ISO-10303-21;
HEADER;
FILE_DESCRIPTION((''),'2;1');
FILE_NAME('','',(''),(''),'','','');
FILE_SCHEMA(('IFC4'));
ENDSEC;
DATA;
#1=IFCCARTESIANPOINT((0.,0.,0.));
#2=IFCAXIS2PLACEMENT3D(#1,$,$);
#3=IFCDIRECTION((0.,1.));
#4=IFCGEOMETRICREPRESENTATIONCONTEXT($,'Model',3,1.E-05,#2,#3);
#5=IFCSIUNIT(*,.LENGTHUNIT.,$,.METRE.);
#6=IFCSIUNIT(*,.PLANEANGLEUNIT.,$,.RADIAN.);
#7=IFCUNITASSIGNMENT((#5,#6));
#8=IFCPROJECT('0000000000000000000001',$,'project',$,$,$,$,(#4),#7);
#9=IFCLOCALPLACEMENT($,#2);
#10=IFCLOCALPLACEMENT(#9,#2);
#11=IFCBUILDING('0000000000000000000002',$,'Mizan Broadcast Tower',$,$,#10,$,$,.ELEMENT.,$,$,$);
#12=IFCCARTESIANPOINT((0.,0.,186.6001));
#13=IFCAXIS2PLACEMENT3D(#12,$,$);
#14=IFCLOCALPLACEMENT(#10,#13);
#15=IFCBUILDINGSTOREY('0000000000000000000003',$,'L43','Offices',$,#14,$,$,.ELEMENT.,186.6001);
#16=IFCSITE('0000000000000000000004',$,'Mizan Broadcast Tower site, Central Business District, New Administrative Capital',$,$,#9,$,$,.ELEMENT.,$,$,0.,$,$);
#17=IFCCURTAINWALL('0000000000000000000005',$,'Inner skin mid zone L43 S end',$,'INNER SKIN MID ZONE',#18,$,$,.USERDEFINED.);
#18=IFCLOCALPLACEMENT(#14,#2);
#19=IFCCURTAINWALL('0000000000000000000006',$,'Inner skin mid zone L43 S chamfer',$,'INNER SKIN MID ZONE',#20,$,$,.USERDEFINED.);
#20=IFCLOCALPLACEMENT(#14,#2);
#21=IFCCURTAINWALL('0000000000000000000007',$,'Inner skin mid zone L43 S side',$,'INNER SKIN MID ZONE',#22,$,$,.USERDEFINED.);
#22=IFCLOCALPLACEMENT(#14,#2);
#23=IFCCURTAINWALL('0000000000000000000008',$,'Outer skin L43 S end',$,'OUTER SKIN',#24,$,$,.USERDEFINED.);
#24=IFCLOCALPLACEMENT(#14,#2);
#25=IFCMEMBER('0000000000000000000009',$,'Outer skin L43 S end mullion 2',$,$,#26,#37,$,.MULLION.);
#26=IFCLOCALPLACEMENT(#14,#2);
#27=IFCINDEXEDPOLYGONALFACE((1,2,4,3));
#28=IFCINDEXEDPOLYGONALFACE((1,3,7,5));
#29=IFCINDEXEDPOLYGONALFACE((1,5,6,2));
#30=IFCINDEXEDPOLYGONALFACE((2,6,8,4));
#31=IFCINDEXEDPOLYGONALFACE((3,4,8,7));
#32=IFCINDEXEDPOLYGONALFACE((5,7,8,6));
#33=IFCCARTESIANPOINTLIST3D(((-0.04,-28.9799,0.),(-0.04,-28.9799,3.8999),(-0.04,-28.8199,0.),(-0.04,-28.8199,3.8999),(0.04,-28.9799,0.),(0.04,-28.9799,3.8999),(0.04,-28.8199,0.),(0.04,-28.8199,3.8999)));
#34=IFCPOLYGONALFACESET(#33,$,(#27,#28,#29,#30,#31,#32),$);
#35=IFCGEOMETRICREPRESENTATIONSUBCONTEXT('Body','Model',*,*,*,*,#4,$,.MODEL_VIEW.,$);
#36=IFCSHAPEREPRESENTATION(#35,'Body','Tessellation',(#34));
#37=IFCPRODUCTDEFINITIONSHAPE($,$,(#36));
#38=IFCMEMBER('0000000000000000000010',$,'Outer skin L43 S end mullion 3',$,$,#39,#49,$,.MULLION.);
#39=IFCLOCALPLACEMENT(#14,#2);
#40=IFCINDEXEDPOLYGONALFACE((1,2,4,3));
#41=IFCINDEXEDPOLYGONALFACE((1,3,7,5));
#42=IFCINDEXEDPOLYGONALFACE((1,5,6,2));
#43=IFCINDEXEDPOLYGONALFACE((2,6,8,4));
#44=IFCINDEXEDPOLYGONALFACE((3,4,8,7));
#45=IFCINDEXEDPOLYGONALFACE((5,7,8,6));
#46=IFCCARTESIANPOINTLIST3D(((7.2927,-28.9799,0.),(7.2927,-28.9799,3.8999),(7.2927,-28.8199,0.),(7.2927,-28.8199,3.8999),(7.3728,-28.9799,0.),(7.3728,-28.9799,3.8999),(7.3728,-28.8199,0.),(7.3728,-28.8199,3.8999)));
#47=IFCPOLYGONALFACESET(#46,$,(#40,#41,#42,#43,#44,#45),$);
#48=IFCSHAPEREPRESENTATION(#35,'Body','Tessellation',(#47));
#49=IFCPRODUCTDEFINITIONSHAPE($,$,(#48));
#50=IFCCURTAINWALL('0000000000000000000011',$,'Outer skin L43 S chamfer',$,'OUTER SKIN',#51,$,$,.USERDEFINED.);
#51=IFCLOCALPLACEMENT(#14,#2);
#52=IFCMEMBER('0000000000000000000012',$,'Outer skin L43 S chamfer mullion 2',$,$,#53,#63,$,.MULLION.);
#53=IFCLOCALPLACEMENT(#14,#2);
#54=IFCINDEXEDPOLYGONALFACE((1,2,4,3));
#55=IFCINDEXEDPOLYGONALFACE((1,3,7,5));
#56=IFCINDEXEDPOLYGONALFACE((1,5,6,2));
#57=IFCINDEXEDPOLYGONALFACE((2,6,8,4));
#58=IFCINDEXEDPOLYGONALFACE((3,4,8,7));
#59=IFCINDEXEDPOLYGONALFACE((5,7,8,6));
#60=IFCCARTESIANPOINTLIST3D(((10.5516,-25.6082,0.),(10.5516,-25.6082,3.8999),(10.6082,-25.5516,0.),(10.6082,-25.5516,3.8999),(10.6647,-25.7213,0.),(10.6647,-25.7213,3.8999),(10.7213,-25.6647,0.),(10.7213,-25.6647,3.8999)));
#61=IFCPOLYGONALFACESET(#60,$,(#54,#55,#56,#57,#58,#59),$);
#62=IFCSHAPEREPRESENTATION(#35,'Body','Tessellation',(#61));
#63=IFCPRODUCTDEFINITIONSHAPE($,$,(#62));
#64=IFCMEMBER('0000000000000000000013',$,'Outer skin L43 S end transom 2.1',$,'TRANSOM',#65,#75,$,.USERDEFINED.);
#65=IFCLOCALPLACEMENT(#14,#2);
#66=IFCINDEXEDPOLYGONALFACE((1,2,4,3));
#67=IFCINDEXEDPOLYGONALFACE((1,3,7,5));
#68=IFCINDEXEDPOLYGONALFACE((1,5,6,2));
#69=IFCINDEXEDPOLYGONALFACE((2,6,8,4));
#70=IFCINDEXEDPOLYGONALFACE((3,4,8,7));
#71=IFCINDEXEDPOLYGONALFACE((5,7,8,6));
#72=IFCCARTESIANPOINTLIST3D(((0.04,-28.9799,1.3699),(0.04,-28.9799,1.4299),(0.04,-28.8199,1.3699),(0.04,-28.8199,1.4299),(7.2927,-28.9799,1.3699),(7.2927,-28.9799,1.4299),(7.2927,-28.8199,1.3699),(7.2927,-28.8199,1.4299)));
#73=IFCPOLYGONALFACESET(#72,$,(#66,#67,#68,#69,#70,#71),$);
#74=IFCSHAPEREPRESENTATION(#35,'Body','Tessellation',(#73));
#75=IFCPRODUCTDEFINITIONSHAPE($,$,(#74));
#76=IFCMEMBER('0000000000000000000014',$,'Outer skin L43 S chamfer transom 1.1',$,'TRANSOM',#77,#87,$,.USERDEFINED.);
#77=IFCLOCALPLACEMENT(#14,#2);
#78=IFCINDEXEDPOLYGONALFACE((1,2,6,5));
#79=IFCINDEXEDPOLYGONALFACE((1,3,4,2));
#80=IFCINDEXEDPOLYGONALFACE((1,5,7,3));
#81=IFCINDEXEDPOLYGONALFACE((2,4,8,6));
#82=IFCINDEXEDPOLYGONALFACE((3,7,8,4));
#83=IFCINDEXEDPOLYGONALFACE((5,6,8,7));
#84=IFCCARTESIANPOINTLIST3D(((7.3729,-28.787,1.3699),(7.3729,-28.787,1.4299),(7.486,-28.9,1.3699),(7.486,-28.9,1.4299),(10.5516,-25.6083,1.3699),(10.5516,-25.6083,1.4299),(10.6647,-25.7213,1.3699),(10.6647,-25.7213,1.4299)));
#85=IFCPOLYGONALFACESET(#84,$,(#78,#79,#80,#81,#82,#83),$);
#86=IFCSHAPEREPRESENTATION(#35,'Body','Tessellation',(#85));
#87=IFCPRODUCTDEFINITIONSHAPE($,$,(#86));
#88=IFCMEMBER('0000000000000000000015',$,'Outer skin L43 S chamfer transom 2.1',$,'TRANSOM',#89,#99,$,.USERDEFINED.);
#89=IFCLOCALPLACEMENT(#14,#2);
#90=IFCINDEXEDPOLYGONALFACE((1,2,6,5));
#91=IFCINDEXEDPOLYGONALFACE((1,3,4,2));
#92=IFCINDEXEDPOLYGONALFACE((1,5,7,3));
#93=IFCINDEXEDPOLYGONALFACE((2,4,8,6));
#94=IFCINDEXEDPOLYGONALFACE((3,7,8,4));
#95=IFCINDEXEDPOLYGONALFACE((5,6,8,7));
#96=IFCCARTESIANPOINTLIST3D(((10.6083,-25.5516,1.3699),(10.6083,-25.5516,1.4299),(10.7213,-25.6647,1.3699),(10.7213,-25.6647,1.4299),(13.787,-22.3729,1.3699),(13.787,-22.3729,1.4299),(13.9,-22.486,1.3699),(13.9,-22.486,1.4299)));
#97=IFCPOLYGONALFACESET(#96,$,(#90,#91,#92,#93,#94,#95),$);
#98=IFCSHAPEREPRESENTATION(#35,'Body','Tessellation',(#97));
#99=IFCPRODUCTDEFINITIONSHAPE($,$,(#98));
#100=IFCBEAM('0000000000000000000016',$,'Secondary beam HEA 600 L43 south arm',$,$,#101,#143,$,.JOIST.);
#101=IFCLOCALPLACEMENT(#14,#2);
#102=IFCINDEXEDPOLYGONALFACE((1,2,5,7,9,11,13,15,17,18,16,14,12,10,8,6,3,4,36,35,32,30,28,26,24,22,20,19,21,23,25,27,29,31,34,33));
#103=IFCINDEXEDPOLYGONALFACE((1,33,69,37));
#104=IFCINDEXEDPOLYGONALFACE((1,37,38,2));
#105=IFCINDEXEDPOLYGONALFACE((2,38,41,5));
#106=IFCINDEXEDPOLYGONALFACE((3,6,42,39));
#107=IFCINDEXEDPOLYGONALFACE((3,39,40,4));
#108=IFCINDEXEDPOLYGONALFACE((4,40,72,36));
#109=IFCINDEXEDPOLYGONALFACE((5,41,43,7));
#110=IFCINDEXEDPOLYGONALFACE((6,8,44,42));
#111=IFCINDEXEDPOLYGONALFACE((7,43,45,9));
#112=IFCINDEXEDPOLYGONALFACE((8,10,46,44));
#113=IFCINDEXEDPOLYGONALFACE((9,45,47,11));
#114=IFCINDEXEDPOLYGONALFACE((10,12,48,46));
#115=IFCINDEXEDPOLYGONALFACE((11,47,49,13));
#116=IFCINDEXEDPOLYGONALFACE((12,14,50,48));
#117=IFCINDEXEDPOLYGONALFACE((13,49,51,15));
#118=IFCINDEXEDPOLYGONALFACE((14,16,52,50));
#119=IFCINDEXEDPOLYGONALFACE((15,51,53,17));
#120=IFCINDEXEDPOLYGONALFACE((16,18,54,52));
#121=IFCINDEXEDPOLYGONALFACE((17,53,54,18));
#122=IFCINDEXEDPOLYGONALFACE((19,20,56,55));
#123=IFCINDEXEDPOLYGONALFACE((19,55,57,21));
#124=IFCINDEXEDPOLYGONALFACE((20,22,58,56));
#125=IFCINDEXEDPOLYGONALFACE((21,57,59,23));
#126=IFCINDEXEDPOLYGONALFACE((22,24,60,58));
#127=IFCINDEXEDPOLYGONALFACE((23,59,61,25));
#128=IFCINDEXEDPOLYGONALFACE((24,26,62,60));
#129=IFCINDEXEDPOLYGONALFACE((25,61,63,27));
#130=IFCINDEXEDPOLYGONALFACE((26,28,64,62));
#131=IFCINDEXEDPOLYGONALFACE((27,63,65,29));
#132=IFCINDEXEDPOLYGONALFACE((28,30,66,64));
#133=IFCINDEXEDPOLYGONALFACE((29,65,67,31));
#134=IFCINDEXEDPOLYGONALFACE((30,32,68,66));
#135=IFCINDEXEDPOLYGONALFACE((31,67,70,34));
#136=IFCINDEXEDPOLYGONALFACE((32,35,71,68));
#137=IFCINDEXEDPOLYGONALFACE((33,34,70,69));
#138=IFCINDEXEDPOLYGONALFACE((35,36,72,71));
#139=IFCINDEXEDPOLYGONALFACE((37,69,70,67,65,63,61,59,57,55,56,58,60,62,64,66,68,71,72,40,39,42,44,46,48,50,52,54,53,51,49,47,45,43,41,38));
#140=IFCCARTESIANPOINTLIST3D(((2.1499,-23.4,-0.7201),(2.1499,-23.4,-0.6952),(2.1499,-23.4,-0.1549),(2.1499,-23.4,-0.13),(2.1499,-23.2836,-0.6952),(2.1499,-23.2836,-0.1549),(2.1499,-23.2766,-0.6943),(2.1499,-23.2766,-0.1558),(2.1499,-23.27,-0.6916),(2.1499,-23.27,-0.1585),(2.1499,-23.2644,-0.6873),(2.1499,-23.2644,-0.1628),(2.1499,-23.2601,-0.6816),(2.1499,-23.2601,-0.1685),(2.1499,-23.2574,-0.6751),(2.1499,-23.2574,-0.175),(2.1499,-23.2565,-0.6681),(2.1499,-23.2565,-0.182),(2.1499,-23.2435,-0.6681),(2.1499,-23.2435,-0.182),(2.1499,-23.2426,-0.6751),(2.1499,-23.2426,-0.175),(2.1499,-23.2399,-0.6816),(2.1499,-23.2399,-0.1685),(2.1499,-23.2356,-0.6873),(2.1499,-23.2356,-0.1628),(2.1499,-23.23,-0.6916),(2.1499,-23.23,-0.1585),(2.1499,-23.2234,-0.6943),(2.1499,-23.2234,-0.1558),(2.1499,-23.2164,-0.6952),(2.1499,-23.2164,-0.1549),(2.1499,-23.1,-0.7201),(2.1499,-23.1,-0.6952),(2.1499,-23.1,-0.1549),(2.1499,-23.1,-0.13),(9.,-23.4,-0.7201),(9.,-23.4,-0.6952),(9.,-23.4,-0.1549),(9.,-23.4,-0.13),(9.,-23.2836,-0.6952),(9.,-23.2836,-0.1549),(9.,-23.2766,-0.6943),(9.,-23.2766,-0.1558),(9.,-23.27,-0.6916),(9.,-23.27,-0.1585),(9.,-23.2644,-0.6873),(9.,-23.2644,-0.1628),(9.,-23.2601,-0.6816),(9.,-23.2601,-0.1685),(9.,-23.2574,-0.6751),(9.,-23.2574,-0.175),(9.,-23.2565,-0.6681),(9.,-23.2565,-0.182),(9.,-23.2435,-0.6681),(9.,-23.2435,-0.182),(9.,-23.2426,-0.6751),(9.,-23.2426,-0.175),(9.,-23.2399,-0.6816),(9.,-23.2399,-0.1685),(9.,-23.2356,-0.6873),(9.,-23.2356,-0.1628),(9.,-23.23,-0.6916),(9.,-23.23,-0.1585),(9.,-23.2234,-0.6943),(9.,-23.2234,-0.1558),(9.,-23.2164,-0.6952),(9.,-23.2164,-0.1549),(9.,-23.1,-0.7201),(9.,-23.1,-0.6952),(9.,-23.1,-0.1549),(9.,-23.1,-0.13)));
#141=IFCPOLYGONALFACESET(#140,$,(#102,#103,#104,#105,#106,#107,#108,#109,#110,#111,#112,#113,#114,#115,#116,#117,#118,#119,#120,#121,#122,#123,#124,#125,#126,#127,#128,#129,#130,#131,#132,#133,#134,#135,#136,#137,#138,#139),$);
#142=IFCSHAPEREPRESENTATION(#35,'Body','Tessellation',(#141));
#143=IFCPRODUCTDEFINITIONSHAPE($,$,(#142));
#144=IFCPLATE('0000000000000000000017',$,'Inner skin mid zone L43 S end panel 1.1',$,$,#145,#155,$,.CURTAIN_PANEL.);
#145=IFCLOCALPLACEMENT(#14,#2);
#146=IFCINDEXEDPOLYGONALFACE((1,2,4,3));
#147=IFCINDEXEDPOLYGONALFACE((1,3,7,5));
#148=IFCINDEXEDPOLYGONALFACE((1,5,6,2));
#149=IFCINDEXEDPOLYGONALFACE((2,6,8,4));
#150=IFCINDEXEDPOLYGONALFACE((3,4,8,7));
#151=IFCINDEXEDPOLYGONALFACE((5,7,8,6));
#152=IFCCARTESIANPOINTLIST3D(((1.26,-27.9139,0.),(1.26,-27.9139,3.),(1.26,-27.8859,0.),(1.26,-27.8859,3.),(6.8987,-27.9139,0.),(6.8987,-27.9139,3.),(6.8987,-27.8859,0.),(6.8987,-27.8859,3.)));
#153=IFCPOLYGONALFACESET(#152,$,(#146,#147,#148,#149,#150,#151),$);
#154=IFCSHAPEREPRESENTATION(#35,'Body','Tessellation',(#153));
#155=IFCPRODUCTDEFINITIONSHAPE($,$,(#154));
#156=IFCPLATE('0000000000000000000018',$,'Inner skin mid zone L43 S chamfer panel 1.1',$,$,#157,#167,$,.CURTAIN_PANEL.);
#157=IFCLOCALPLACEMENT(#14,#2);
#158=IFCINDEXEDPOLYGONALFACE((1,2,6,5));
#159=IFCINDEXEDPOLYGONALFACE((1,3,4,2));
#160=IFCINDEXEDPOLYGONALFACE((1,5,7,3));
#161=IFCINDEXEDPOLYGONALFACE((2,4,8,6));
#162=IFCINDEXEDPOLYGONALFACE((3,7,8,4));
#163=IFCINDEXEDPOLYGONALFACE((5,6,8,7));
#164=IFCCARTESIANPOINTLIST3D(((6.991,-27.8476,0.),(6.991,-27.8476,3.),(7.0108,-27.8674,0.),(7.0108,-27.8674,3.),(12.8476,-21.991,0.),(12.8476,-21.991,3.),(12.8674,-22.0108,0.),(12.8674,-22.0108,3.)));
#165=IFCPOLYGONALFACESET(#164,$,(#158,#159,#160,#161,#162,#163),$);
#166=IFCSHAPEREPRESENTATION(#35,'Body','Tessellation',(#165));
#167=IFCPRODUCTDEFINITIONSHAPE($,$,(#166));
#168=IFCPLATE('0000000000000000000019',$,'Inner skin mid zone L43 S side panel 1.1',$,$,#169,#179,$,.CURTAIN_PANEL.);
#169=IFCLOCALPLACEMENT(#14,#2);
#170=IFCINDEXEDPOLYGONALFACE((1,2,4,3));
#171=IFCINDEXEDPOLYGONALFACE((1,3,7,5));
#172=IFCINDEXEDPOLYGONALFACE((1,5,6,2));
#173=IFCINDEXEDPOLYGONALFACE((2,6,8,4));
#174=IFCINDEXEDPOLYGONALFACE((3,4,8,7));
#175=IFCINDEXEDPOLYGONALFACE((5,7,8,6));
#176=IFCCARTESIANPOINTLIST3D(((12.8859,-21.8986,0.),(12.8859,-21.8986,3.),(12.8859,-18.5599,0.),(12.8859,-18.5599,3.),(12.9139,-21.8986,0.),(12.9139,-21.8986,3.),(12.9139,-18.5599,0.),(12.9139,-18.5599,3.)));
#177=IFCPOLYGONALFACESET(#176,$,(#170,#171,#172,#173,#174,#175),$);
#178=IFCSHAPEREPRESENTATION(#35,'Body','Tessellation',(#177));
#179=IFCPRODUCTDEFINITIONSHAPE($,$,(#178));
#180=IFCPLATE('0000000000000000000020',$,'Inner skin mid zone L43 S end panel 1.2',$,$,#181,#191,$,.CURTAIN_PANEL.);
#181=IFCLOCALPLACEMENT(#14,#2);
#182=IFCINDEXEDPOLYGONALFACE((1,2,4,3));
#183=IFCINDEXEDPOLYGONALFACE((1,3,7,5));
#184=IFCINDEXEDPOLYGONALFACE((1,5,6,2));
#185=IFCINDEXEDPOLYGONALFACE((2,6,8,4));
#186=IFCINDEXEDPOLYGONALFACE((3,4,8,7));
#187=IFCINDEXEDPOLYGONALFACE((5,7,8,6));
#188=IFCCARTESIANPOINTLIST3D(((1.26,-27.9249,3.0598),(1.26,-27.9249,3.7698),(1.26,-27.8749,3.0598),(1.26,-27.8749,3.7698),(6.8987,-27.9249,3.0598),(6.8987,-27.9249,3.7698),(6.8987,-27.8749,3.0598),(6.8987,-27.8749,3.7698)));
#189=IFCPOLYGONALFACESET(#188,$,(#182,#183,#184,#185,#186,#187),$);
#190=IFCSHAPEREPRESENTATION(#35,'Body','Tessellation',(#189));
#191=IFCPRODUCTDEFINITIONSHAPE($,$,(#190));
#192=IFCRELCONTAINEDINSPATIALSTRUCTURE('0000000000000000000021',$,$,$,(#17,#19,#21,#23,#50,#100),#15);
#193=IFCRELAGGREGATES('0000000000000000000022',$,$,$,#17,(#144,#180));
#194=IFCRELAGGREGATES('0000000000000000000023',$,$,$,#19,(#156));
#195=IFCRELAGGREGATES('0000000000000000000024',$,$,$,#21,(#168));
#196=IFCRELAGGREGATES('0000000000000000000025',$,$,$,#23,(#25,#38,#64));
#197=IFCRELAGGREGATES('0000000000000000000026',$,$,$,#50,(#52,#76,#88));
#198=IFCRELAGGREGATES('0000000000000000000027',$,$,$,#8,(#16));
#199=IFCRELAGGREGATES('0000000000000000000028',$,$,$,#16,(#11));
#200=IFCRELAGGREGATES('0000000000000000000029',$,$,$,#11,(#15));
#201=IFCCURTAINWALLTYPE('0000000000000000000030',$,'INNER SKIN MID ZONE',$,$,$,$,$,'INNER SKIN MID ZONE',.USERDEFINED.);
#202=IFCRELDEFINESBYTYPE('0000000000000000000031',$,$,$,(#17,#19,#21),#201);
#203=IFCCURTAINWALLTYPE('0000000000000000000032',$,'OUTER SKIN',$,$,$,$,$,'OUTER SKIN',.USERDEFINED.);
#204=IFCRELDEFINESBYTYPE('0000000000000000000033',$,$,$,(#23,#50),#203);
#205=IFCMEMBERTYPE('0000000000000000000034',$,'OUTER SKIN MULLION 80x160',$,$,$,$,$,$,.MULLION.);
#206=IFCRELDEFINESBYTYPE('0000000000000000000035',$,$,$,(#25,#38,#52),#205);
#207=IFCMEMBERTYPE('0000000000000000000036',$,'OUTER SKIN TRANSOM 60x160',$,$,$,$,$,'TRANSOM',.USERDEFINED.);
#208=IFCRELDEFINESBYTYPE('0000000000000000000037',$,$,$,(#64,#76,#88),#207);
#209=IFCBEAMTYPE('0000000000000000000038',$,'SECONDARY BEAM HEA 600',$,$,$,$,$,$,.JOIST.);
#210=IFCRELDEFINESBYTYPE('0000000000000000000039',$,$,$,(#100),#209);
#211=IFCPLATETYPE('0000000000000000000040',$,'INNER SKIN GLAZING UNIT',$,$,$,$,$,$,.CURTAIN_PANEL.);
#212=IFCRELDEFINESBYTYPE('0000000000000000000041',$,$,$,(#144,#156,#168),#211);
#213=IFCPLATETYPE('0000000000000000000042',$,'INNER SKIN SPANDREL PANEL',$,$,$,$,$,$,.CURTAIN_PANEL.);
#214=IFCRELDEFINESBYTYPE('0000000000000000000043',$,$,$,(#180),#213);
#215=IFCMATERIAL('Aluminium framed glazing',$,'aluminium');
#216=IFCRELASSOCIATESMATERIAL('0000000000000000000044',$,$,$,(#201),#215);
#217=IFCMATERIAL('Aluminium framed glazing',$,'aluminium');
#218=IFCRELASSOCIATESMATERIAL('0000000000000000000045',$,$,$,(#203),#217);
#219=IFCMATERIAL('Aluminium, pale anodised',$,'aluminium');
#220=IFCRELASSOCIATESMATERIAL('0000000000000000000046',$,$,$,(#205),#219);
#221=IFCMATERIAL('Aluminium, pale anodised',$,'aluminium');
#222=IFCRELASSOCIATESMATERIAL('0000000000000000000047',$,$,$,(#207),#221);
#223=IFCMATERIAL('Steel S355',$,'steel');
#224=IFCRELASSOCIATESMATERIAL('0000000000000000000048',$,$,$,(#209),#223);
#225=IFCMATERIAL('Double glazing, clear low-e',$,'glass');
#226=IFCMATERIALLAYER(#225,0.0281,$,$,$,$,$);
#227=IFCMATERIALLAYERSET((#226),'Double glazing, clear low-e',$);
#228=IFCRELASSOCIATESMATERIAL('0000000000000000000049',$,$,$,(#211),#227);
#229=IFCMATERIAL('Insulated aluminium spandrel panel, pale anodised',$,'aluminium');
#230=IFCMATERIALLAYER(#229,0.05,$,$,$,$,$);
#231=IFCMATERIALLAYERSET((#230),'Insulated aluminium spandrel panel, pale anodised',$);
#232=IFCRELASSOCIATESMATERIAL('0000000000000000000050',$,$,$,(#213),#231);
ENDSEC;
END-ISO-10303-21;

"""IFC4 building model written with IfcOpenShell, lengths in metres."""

from ifc_helpers import new_model, si_unit, direction, frame, origin, origin_2d, place, context, subcontext, project, spatial, rectangle, i_section, extrude, material, layer, layer_set, material_profile, profile_set, type_object, element, aggregate, save


model = new_model("IFC4")

# Units and contexts
model_context = context("Model", 3, precision=1e-05, world=origin(), true_north=direction((0.0, 1.0)))
body_context = subcontext(model_context, "Body", "Model", "MODEL_VIEW")
ifc_project = project(units=[si_unit("LENGTHUNIT", "METRE"), si_unit("PLANEANGLEUNIT", "RADIAN")], contexts=[model_context])

# Site, building, storey
site_placement = place(None, origin())
site = spatial("IfcSite", under=ifc_project, at=site_placement, Name="Mizan Broadcast Tower site, Central Business District, New Administrative Capital", CompositionType="ELEMENT", RefElevation=0.0)
building_placement = place(site_placement, origin())
building = spatial("IfcBuilding", under=site, at=building_placement, Name="Mizan Broadcast Tower", CompositionType="ELEMENT")
storey_placement = place(building_placement, frame((0.0, 0.0, 186.6001)))
storey = spatial("IfcBuildingStorey", under=building, at=storey_placement, Name="L43", Description="Offices", CompositionType="ELEMENT", Elevation=186.6001)

# Curtain wall
ifc_material_1 = material(Name="Aluminium framed glazing", Category="aluminium")
curtain_wall_type_1 = type_object("IfcCurtainWallType", Name="INNER SKIN MID ZONE", ElementType="INNER SKIN MID ZONE", PredefinedType="USERDEFINED", material=ifc_material_1)
curtain_wall_1_placement = place(storey_placement, origin())
curtain_wall_1 = element("IfcCurtainWall", 1, at=curtain_wall_1_placement, inside=storey, type_object=curtain_wall_type_1, Name="Inner skin mid zone L43 S end", ObjectType="INNER SKIN MID ZONE", PredefinedType="USERDEFINED")

# Curtain wall
curtain_wall_2_placement = place(storey_placement, origin())
curtain_wall_2 = element("IfcCurtainWall", 2, at=curtain_wall_2_placement, inside=storey, type_object=curtain_wall_type_1, Name="Inner skin mid zone L43 S chamfer", ObjectType="INNER SKIN MID ZONE", PredefinedType="USERDEFINED")

# Curtain wall
curtain_wall_3_placement = place(storey_placement, origin())
curtain_wall_3 = element("IfcCurtainWall", 3, at=curtain_wall_3_placement, inside=storey, type_object=curtain_wall_type_1, Name="Inner skin mid zone L43 S side", ObjectType="INNER SKIN MID ZONE", PredefinedType="USERDEFINED")

# Curtain wall, members
ifc_material_2 = material(Name="Aluminium framed glazing", Category="aluminium")
curtain_wall_type_2 = type_object("IfcCurtainWallType", Name="OUTER SKIN", ElementType="OUTER SKIN", PredefinedType="USERDEFINED", material=ifc_material_2)
curtain_wall_4_placement = place(storey_placement, origin())
curtain_wall_4 = element("IfcCurtainWall", 4, at=curtain_wall_4_placement, inside=storey, type_object=curtain_wall_type_2, Name="Outer skin L43 S end", ObjectType="OUTER SKIN", PredefinedType="USERDEFINED")
ifc_material_3 = material(Name="Aluminium, pale anodised", Category="aluminium")
ifc_material_profile_1 = material_profile(ifc_material_3, rectangle(XDim=0.1599, YDim=0.0801, at=origin_2d()), Name="MULLION 160x80")
ifc_profile_set_1 = profile_set([ifc_material_profile_1], Name="Aluminium, pale anodised")
member_type_1 = type_object("IfcMemberType", Name="OUTER SKIN MULLION 80x160", PredefinedType="MULLION", material=ifc_profile_set_1)
member_1_placement = place(storey_placement, frame((0.0, -28.8999, 0.0), z_axis=(0.0, 0.0, 1.0), x_axis=(0.0, 1.0, 0.0)))
member_1 = element("IfcMember", 5, at=member_1_placement, type_object=member_type_1, Name="Outer skin L43 S end mullion 2", PredefinedType="MULLION", context=body_context, shape_type="SweptSolid", body=[
    extrude(rectangle(XDim=0.1599, YDim=0.0801, at=origin_2d()), origin(), (0.0, 0.0, 1.0), 3.8999),
])
member_2_placement = place(storey_placement, frame((7.3328, -28.8999, 0.0), z_axis=(0.0, 0.0, 1.0), x_axis=(0.0, 1.0, 0.0)))
member_2 = element("IfcMember", 6, at=member_2_placement, type_object=member_type_1, Name="Outer skin L43 S end mullion 3", PredefinedType="MULLION", context=body_context, shape_type="SweptSolid", body=[
    extrude(rectangle(XDim=0.1599, YDim=0.0801, at=origin_2d()), origin(), (0.0, 0.0, 1.0), 3.8999),
])

# Curtain wall, member
curtain_wall_5_placement = place(storey_placement, origin())
curtain_wall_5 = element("IfcCurtainWall", 7, at=curtain_wall_5_placement, inside=storey, type_object=curtain_wall_type_2, Name="Outer skin L43 S chamfer", ObjectType="OUTER SKIN", PredefinedType="USERDEFINED")
member_3_placement = place(storey_placement, frame((10.6365, -25.6365, 0.0), z_axis=(0.0, 0.0, 1.0), x_axis=(-0.707107, 0.707107, 0.0)))
member_3 = element("IfcMember", 8, at=member_3_placement, type_object=member_type_1, Name="Outer skin L43 S chamfer mullion 2", PredefinedType="MULLION", context=body_context, shape_type="SweptSolid", body=[
    extrude(rectangle(XDim=0.1599, YDim=0.0801, at=origin_2d()), origin(), (0.0, 0.0, 1.0), 3.8999),
])

# Members
ifc_material_4 = material(Name="Aluminium, pale anodised", Category="aluminium")
ifc_material_profile_2 = material_profile(ifc_material_4, rectangle(XDim=0.1599, YDim=0.0601, at=origin_2d()), Name="TRANSOM 160x60")
ifc_profile_set_2 = profile_set([ifc_material_profile_2], Name="Aluminium, pale anodised")
member_type_2 = type_object("IfcMemberType", Name="OUTER SKIN TRANSOM 60x160", ElementType="TRANSOM", PredefinedType="USERDEFINED", material=ifc_profile_set_2)
member_4_placement = place(storey_placement, frame((0.04, -28.8999, 1.3999), z_axis=(1.0, 0.0, 0.0), x_axis=(0.0, 1.0, 0.0)))
member_4 = element("IfcMember", 9, at=member_4_placement, type_object=member_type_2, Name="Outer skin L43 S end transom 2.1", ObjectType="TRANSOM", PredefinedType="USERDEFINED", context=body_context, shape_type="SweptSolid", body=[
    extrude(rectangle(XDim=0.1599, YDim=0.0601, at=origin_2d()), origin(), (0.0, 0.0, 1.0), 7.2527),
])
member_5_placement = place(storey_placement, frame((7.4294, -28.8435, 1.3999), z_axis=(0.707107, 0.707107, 0.0), x_axis=(-0.707107, 0.707107, 0.0)))
member_5 = element("IfcMember", 10, at=member_5_placement, type_object=member_type_2, Name="Outer skin L43 S chamfer transom 1.1", ObjectType="TRANSOM", PredefinedType="USERDEFINED", context=body_context, shape_type="SweptSolid", body=[
    extrude(rectangle(XDim=0.1599, YDim=0.0601, at=origin_2d()), origin(), (0.0, 0.0, 1.0), 4.4954),
])
member_6_placement = place(storey_placement, frame((10.6648, -25.6082, 1.3999), z_axis=(0.707107, 0.707107, 0.0), x_axis=(-0.707107, 0.707107, 0.0)))
member_6 = element("IfcMember", 11, at=member_6_placement, type_object=member_type_2, Name="Outer skin L43 S chamfer transom 2.1", ObjectType="TRANSOM", PredefinedType="USERDEFINED", context=body_context, shape_type="SweptSolid", body=[
    extrude(rectangle(XDim=0.1599, YDim=0.0601, at=origin_2d()), origin(), (0.0, 0.0, 1.0), 4.4954),
])

# Beam
ifc_material_5 = material(Name="Steel S355", Category="steel")
ifc_material_profile_3 = material_profile(ifc_material_5, i_section(OverallWidth=0.3, OverallDepth=0.5901, WebThickness=0.0129, FlangeThickness=0.0249, FilletRadius=0.0271, at=origin_2d()), Name="HEA 600")
ifc_profile_set_3 = profile_set([ifc_material_profile_3], Name="Steel S355")
beam_type_1 = type_object("IfcBeamType", Name="SECONDARY BEAM HEA 600", PredefinedType="JOIST", material=ifc_profile_set_3)
beam_1_placement = place(storey_placement, frame((9.0, -23.25, -0.425), z_axis=(-1.0, 0.0, 0.0), x_axis=(0.0, -1.0, 0.0)))
element("IfcBeam", 12, at=beam_1_placement, inside=storey, type_object=beam_type_1, Name="Secondary beam HEA 600 L43 south arm", PredefinedType="JOIST", context=body_context, shape_type="SweptSolid", body=[
    extrude(i_section(OverallWidth=0.3, OverallDepth=0.5901, WebThickness=0.0129, FlangeThickness=0.0249, FilletRadius=0.0271, at=origin_2d()), origin(), (0.0, 0.0, 1.0), 6.8501),
])

# Plates
ifc_material_6 = material(Name="Double glazing, clear low-e", Category="glass")
ifc_layer_1 = layer(ifc_material_6, 0.0281)
ifc_layer_set_1 = layer_set([ifc_layer_1], Name="Double glazing, clear low-e")
plate_type_1 = type_object("IfcPlateType", Name="INNER SKIN GLAZING UNIT", PredefinedType="CURTAIN_PANEL", material=ifc_layer_set_1)
plate_1_placement = place(storey_placement, frame((4.0793, -27.8999, 0.0), z_axis=(0.0, 0.0, 1.0), x_axis=(1.0, 0.0, 0.0)))
plate_1 = element("IfcPlate", 13, at=plate_1_placement, type_object=plate_type_1, Name="Inner skin mid zone L43 S end panel 1.1", PredefinedType="CURTAIN_PANEL", context=body_context, shape_type="SweptSolid", body=[
    extrude(rectangle(XDim=5.6387, YDim=0.0281, at=origin_2d()), origin(), (0.0, 0.0, 1.0), 3.0),
])
plate_2_placement = place(storey_placement, frame((9.9292, -24.9292, 0.0), z_axis=(0.0, 0.0, 1.0), x_axis=(0.707107, 0.707107, 0.0)))
plate_2 = element("IfcPlate", 14, at=plate_2_placement, type_object=plate_type_1, Name="Inner skin mid zone L43 S chamfer panel 1.1", PredefinedType="CURTAIN_PANEL", context=body_context, shape_type="SweptSolid", body=[
    extrude(rectangle(XDim=8.2825, YDim=0.0281, at=origin_2d()), origin(), (0.0, 0.0, 1.0), 3.0),
])
plate_3_placement = place(storey_placement, frame((12.8999, -20.2292, 0.0), z_axis=(0.0, 0.0, 1.0), x_axis=(0.0, 1.0, 0.0)))
plate_3 = element("IfcPlate", 15, at=plate_3_placement, type_object=plate_type_1, Name="Inner skin mid zone L43 S side panel 1.1", PredefinedType="CURTAIN_PANEL", context=body_context, shape_type="SweptSolid", body=[
    extrude(rectangle(XDim=3.3386, YDim=0.0281, at=origin_2d()), origin(), (0.0, 0.0, 1.0), 3.0),
])
ifc_material_7 = material(Name="Insulated aluminium spandrel panel, pale anodised", Category="aluminium")
ifc_layer_2 = layer(ifc_material_7, 0.05)
ifc_layer_set_2 = layer_set([ifc_layer_2], Name="Insulated aluminium spandrel panel, pale anodised")
plate_type_2 = type_object("IfcPlateType", Name="INNER SKIN SPANDREL PANEL", PredefinedType="CURTAIN_PANEL", material=ifc_layer_set_2)
plate_4_placement = place(storey_placement, frame((4.0793, -27.8999, 3.0598), z_axis=(0.0, 0.0, 1.0), x_axis=(1.0, 0.0, 0.0)))
plate_4 = element("IfcPlate", 16, at=plate_4_placement, type_object=plate_type_2, Name="Inner skin mid zone L43 S end panel 1.2", PredefinedType="CURTAIN_PANEL", context=body_context, shape_type="SweptSolid", body=[
    extrude(rectangle(XDim=5.6387, YDim=0.05, at=origin_2d()), origin(), (0.0, 0.0, 1.0), 0.71),
])
aggregate(curtain_wall_1, [plate_1, plate_4])
aggregate(curtain_wall_2, [plate_2])
aggregate(curtain_wall_3, [plate_3])
aggregate(curtain_wall_4, [member_1, member_2, member_4])
aggregate(curtain_wall_5, [member_3, member_5, member_6])

save(model, "model.ifc")
